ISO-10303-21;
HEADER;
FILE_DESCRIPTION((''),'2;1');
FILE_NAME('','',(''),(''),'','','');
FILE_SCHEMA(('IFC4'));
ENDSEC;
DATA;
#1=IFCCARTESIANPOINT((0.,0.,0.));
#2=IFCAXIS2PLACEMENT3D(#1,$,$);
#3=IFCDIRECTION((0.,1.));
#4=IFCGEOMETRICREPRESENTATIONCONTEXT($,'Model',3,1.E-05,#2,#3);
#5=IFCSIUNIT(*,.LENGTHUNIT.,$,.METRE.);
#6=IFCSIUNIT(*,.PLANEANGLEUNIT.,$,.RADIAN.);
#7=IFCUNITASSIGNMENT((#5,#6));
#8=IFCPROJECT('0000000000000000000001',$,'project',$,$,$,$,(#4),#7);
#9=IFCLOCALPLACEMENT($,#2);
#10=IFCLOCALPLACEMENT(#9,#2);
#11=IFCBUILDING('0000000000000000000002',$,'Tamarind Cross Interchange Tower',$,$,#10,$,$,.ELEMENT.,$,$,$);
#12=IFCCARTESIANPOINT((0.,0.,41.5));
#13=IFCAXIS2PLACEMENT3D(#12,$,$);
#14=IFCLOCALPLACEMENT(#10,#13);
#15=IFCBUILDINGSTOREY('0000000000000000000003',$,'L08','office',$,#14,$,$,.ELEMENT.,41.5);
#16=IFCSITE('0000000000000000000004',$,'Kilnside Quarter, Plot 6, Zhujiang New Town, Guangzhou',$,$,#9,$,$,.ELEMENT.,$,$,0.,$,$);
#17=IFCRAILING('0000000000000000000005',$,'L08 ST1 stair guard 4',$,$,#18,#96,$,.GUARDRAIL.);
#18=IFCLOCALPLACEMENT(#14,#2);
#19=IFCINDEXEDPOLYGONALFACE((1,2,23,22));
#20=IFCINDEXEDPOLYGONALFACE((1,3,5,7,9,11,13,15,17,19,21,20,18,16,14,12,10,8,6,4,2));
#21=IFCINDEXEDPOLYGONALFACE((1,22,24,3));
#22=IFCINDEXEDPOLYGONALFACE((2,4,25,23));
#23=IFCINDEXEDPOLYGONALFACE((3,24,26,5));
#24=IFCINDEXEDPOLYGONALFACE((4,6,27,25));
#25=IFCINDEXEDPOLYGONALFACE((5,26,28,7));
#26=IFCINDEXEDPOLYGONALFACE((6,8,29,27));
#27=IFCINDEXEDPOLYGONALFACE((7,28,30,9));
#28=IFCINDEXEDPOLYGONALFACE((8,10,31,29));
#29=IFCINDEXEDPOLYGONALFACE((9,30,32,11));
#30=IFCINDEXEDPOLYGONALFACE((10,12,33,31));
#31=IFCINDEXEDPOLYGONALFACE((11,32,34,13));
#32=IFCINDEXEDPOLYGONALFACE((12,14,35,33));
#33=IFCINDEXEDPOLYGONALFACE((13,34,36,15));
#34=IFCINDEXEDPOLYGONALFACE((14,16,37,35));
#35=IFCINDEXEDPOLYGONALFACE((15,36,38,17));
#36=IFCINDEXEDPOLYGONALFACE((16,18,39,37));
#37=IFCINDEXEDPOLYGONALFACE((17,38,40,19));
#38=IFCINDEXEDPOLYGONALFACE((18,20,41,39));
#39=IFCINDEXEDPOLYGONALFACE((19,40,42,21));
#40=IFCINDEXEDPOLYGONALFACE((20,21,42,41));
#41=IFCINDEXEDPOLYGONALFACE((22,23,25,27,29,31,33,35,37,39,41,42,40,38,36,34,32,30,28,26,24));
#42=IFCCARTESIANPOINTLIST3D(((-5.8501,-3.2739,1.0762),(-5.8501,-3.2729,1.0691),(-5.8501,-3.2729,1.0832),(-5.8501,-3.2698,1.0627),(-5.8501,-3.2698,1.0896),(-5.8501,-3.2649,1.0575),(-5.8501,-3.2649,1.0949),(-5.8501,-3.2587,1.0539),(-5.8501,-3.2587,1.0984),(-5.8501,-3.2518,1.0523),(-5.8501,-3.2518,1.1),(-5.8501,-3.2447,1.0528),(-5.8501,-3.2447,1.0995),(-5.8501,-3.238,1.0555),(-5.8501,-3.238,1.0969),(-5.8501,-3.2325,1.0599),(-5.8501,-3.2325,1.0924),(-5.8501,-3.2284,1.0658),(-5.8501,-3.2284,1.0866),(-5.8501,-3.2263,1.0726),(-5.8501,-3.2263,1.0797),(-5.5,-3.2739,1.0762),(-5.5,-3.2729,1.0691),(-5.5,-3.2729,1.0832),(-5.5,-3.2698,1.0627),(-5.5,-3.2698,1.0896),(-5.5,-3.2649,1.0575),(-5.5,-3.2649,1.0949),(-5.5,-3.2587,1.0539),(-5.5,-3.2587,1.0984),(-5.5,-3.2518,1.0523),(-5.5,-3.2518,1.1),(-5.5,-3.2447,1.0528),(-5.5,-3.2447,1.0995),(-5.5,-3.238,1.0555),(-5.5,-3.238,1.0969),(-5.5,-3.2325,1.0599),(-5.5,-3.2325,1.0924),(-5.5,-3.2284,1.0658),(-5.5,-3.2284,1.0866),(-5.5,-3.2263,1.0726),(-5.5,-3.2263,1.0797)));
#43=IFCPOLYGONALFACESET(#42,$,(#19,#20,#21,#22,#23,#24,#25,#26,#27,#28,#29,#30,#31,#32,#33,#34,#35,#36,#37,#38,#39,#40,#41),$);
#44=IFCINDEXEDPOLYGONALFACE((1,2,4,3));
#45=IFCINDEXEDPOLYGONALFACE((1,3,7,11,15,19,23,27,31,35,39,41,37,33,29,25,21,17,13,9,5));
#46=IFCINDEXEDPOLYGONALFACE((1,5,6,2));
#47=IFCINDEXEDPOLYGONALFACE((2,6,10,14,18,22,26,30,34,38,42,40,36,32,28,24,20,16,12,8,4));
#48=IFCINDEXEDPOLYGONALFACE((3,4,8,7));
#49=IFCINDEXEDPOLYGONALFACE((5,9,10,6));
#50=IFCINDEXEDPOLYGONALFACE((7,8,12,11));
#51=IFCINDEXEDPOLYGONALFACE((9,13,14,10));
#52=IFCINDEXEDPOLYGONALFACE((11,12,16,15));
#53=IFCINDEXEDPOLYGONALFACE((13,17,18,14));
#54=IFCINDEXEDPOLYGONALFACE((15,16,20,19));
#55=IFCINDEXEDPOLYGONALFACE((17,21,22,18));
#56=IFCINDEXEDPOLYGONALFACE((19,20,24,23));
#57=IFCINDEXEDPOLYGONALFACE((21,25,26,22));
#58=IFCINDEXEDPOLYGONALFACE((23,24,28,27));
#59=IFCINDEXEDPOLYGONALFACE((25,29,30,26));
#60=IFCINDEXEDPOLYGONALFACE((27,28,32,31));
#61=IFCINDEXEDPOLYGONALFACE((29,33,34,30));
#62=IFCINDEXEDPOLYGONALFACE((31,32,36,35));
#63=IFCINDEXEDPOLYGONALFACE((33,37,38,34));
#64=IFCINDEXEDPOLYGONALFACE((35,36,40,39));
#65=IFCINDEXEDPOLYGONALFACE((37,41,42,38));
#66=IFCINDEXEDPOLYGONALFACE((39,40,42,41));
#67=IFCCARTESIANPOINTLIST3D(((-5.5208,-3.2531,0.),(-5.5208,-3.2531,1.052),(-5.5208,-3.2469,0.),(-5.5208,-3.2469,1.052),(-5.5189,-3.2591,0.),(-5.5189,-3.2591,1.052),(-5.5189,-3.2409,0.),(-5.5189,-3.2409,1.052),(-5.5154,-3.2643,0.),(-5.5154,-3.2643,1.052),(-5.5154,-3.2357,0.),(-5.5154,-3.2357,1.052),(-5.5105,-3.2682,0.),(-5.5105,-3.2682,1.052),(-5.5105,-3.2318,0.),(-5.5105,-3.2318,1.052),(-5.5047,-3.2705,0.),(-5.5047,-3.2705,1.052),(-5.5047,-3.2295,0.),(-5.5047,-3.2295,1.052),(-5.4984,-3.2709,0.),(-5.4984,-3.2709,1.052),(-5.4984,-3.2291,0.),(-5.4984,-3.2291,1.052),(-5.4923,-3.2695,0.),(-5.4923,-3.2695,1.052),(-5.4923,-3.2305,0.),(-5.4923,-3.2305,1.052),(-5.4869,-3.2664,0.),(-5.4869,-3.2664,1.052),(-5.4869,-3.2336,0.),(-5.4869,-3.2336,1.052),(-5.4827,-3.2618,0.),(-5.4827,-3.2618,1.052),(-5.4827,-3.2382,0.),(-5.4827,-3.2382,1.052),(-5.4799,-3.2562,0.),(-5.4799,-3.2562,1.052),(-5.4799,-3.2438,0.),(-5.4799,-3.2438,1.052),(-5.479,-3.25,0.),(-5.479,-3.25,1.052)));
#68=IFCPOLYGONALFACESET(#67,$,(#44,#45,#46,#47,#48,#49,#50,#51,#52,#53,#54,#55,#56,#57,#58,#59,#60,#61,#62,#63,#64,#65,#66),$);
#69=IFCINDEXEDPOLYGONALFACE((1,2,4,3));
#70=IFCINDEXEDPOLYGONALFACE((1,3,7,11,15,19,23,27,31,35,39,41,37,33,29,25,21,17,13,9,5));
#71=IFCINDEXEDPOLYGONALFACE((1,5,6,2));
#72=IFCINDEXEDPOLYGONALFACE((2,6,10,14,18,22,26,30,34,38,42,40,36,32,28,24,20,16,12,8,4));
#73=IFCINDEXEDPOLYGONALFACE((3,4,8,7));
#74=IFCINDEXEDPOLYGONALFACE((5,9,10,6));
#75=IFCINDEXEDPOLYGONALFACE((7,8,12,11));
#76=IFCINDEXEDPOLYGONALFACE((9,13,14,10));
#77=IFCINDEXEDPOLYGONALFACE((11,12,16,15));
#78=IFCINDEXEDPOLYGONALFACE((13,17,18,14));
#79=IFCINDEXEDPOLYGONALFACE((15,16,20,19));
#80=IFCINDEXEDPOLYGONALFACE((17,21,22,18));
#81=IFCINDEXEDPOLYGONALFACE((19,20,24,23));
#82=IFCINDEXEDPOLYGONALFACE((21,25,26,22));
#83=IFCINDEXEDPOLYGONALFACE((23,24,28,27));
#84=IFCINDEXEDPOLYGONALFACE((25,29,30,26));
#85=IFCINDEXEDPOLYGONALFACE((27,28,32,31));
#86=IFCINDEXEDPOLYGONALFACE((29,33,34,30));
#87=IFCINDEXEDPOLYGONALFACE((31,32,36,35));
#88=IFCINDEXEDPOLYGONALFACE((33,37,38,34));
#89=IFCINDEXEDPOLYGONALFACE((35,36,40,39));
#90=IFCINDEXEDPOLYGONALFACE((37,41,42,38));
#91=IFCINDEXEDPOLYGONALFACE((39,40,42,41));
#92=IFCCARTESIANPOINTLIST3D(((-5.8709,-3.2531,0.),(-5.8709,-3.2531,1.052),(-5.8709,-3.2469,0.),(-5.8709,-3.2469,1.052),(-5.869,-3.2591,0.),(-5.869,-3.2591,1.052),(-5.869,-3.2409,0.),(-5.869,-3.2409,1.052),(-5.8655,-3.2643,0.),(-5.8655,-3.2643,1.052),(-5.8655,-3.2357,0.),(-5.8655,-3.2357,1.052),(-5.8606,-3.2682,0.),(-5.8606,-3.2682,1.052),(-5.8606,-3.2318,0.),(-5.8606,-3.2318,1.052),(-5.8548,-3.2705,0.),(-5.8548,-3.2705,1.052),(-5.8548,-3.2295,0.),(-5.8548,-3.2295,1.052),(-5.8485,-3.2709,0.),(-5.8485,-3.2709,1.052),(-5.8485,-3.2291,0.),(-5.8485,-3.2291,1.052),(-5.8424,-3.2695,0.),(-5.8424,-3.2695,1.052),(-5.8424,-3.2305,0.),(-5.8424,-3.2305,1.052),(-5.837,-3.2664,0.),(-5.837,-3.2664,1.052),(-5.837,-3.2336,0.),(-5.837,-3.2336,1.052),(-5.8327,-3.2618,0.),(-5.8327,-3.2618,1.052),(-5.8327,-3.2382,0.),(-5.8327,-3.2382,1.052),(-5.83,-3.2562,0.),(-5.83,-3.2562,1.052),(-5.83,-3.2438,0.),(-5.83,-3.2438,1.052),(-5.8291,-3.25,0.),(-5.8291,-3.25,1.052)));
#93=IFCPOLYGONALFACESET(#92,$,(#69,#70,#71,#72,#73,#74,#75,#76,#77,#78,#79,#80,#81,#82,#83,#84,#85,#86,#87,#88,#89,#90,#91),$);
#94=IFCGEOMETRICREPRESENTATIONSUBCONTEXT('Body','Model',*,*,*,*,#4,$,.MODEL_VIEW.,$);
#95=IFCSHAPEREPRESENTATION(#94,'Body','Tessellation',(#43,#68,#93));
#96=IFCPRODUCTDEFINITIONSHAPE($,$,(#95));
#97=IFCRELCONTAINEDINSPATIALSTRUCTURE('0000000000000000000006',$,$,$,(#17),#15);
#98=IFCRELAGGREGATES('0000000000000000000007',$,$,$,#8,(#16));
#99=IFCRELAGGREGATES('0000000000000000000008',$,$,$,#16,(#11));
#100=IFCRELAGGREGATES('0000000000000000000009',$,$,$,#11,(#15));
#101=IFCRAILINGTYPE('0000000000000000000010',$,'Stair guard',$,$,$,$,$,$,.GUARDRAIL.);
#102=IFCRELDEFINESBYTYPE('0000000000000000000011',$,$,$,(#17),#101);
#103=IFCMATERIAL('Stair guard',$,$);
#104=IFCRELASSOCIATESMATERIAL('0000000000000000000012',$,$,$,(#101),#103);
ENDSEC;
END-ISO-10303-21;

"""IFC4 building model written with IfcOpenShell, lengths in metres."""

from ifc_helpers import new_model, si_unit, direction, frame, origin, origin_2d, place, context, subcontext, project, spatial, circle, extrude, material, type_object, element, save


model = new_model("IFC4")

# Units and contexts
model_context = context("Model", 3, precision=1e-05, world=origin(), true_north=direction((0.0, 1.0)))
body_context = subcontext(model_context, "Body", "Model", "MODEL_VIEW")
ifc_project = project(units=[si_unit("LENGTHUNIT", "METRE"), si_unit("PLANEANGLEUNIT", "RADIAN")], contexts=[model_context])

# Site, building, storey
site_placement = place(None, origin())
site = spatial("IfcSite", under=ifc_project, at=site_placement, Name="Kilnside Quarter, Plot 6, Zhujiang New Town, Guangzhou", CompositionType="ELEMENT", RefElevation=0.0)
building_placement = place(site_placement, origin())
building = spatial("IfcBuilding", under=site, at=building_placement, Name="Tamarind Cross Interchange Tower", CompositionType="ELEMENT")
storey_placement = place(building_placement, frame((0.0, 0.0, 41.5)))
storey = spatial("IfcBuildingStorey", under=building, at=storey_placement, Name="L08", Description="office", CompositionType="ELEMENT", Elevation=41.5)

# Railing
ifc_material_1 = material(Name="Stair guard")
railing_type_1 = type_object("IfcRailingType", Name="Stair guard", PredefinedType="GUARDRAIL", material=ifc_material_1)
railing_1_placement = place(storey_placement, frame((-5.5, -3.25, 0.0)))
element("IfcRailing", 1, at=railing_1_placement, inside=storey, type_object=railing_type_1, Name="L08 ST1 stair guard 4", PredefinedType="GUARDRAIL", context=body_context, shape_type="SweptSolid", body=[
    extrude(circle(Radius=0.0239, at=origin_2d()), frame((0.0, 0.0, 1.0762), z_axis=(-1.0, 0.0, 0.0), x_axis=(0.0, -1.0, 0.0)), (0.0, 0.0, 1.0), 0.3501),
    extrude(circle(Radius=0.021, at=origin_2d()), origin(), (0.0, 0.0, 1.0), 1.052),
    extrude(circle(Radius=0.021, at=origin_2d()), frame((-0.3501, 0.0, 0.0)), (0.0, 0.0, 1.0), 1.052),
])

save(model, "model.ifc")
